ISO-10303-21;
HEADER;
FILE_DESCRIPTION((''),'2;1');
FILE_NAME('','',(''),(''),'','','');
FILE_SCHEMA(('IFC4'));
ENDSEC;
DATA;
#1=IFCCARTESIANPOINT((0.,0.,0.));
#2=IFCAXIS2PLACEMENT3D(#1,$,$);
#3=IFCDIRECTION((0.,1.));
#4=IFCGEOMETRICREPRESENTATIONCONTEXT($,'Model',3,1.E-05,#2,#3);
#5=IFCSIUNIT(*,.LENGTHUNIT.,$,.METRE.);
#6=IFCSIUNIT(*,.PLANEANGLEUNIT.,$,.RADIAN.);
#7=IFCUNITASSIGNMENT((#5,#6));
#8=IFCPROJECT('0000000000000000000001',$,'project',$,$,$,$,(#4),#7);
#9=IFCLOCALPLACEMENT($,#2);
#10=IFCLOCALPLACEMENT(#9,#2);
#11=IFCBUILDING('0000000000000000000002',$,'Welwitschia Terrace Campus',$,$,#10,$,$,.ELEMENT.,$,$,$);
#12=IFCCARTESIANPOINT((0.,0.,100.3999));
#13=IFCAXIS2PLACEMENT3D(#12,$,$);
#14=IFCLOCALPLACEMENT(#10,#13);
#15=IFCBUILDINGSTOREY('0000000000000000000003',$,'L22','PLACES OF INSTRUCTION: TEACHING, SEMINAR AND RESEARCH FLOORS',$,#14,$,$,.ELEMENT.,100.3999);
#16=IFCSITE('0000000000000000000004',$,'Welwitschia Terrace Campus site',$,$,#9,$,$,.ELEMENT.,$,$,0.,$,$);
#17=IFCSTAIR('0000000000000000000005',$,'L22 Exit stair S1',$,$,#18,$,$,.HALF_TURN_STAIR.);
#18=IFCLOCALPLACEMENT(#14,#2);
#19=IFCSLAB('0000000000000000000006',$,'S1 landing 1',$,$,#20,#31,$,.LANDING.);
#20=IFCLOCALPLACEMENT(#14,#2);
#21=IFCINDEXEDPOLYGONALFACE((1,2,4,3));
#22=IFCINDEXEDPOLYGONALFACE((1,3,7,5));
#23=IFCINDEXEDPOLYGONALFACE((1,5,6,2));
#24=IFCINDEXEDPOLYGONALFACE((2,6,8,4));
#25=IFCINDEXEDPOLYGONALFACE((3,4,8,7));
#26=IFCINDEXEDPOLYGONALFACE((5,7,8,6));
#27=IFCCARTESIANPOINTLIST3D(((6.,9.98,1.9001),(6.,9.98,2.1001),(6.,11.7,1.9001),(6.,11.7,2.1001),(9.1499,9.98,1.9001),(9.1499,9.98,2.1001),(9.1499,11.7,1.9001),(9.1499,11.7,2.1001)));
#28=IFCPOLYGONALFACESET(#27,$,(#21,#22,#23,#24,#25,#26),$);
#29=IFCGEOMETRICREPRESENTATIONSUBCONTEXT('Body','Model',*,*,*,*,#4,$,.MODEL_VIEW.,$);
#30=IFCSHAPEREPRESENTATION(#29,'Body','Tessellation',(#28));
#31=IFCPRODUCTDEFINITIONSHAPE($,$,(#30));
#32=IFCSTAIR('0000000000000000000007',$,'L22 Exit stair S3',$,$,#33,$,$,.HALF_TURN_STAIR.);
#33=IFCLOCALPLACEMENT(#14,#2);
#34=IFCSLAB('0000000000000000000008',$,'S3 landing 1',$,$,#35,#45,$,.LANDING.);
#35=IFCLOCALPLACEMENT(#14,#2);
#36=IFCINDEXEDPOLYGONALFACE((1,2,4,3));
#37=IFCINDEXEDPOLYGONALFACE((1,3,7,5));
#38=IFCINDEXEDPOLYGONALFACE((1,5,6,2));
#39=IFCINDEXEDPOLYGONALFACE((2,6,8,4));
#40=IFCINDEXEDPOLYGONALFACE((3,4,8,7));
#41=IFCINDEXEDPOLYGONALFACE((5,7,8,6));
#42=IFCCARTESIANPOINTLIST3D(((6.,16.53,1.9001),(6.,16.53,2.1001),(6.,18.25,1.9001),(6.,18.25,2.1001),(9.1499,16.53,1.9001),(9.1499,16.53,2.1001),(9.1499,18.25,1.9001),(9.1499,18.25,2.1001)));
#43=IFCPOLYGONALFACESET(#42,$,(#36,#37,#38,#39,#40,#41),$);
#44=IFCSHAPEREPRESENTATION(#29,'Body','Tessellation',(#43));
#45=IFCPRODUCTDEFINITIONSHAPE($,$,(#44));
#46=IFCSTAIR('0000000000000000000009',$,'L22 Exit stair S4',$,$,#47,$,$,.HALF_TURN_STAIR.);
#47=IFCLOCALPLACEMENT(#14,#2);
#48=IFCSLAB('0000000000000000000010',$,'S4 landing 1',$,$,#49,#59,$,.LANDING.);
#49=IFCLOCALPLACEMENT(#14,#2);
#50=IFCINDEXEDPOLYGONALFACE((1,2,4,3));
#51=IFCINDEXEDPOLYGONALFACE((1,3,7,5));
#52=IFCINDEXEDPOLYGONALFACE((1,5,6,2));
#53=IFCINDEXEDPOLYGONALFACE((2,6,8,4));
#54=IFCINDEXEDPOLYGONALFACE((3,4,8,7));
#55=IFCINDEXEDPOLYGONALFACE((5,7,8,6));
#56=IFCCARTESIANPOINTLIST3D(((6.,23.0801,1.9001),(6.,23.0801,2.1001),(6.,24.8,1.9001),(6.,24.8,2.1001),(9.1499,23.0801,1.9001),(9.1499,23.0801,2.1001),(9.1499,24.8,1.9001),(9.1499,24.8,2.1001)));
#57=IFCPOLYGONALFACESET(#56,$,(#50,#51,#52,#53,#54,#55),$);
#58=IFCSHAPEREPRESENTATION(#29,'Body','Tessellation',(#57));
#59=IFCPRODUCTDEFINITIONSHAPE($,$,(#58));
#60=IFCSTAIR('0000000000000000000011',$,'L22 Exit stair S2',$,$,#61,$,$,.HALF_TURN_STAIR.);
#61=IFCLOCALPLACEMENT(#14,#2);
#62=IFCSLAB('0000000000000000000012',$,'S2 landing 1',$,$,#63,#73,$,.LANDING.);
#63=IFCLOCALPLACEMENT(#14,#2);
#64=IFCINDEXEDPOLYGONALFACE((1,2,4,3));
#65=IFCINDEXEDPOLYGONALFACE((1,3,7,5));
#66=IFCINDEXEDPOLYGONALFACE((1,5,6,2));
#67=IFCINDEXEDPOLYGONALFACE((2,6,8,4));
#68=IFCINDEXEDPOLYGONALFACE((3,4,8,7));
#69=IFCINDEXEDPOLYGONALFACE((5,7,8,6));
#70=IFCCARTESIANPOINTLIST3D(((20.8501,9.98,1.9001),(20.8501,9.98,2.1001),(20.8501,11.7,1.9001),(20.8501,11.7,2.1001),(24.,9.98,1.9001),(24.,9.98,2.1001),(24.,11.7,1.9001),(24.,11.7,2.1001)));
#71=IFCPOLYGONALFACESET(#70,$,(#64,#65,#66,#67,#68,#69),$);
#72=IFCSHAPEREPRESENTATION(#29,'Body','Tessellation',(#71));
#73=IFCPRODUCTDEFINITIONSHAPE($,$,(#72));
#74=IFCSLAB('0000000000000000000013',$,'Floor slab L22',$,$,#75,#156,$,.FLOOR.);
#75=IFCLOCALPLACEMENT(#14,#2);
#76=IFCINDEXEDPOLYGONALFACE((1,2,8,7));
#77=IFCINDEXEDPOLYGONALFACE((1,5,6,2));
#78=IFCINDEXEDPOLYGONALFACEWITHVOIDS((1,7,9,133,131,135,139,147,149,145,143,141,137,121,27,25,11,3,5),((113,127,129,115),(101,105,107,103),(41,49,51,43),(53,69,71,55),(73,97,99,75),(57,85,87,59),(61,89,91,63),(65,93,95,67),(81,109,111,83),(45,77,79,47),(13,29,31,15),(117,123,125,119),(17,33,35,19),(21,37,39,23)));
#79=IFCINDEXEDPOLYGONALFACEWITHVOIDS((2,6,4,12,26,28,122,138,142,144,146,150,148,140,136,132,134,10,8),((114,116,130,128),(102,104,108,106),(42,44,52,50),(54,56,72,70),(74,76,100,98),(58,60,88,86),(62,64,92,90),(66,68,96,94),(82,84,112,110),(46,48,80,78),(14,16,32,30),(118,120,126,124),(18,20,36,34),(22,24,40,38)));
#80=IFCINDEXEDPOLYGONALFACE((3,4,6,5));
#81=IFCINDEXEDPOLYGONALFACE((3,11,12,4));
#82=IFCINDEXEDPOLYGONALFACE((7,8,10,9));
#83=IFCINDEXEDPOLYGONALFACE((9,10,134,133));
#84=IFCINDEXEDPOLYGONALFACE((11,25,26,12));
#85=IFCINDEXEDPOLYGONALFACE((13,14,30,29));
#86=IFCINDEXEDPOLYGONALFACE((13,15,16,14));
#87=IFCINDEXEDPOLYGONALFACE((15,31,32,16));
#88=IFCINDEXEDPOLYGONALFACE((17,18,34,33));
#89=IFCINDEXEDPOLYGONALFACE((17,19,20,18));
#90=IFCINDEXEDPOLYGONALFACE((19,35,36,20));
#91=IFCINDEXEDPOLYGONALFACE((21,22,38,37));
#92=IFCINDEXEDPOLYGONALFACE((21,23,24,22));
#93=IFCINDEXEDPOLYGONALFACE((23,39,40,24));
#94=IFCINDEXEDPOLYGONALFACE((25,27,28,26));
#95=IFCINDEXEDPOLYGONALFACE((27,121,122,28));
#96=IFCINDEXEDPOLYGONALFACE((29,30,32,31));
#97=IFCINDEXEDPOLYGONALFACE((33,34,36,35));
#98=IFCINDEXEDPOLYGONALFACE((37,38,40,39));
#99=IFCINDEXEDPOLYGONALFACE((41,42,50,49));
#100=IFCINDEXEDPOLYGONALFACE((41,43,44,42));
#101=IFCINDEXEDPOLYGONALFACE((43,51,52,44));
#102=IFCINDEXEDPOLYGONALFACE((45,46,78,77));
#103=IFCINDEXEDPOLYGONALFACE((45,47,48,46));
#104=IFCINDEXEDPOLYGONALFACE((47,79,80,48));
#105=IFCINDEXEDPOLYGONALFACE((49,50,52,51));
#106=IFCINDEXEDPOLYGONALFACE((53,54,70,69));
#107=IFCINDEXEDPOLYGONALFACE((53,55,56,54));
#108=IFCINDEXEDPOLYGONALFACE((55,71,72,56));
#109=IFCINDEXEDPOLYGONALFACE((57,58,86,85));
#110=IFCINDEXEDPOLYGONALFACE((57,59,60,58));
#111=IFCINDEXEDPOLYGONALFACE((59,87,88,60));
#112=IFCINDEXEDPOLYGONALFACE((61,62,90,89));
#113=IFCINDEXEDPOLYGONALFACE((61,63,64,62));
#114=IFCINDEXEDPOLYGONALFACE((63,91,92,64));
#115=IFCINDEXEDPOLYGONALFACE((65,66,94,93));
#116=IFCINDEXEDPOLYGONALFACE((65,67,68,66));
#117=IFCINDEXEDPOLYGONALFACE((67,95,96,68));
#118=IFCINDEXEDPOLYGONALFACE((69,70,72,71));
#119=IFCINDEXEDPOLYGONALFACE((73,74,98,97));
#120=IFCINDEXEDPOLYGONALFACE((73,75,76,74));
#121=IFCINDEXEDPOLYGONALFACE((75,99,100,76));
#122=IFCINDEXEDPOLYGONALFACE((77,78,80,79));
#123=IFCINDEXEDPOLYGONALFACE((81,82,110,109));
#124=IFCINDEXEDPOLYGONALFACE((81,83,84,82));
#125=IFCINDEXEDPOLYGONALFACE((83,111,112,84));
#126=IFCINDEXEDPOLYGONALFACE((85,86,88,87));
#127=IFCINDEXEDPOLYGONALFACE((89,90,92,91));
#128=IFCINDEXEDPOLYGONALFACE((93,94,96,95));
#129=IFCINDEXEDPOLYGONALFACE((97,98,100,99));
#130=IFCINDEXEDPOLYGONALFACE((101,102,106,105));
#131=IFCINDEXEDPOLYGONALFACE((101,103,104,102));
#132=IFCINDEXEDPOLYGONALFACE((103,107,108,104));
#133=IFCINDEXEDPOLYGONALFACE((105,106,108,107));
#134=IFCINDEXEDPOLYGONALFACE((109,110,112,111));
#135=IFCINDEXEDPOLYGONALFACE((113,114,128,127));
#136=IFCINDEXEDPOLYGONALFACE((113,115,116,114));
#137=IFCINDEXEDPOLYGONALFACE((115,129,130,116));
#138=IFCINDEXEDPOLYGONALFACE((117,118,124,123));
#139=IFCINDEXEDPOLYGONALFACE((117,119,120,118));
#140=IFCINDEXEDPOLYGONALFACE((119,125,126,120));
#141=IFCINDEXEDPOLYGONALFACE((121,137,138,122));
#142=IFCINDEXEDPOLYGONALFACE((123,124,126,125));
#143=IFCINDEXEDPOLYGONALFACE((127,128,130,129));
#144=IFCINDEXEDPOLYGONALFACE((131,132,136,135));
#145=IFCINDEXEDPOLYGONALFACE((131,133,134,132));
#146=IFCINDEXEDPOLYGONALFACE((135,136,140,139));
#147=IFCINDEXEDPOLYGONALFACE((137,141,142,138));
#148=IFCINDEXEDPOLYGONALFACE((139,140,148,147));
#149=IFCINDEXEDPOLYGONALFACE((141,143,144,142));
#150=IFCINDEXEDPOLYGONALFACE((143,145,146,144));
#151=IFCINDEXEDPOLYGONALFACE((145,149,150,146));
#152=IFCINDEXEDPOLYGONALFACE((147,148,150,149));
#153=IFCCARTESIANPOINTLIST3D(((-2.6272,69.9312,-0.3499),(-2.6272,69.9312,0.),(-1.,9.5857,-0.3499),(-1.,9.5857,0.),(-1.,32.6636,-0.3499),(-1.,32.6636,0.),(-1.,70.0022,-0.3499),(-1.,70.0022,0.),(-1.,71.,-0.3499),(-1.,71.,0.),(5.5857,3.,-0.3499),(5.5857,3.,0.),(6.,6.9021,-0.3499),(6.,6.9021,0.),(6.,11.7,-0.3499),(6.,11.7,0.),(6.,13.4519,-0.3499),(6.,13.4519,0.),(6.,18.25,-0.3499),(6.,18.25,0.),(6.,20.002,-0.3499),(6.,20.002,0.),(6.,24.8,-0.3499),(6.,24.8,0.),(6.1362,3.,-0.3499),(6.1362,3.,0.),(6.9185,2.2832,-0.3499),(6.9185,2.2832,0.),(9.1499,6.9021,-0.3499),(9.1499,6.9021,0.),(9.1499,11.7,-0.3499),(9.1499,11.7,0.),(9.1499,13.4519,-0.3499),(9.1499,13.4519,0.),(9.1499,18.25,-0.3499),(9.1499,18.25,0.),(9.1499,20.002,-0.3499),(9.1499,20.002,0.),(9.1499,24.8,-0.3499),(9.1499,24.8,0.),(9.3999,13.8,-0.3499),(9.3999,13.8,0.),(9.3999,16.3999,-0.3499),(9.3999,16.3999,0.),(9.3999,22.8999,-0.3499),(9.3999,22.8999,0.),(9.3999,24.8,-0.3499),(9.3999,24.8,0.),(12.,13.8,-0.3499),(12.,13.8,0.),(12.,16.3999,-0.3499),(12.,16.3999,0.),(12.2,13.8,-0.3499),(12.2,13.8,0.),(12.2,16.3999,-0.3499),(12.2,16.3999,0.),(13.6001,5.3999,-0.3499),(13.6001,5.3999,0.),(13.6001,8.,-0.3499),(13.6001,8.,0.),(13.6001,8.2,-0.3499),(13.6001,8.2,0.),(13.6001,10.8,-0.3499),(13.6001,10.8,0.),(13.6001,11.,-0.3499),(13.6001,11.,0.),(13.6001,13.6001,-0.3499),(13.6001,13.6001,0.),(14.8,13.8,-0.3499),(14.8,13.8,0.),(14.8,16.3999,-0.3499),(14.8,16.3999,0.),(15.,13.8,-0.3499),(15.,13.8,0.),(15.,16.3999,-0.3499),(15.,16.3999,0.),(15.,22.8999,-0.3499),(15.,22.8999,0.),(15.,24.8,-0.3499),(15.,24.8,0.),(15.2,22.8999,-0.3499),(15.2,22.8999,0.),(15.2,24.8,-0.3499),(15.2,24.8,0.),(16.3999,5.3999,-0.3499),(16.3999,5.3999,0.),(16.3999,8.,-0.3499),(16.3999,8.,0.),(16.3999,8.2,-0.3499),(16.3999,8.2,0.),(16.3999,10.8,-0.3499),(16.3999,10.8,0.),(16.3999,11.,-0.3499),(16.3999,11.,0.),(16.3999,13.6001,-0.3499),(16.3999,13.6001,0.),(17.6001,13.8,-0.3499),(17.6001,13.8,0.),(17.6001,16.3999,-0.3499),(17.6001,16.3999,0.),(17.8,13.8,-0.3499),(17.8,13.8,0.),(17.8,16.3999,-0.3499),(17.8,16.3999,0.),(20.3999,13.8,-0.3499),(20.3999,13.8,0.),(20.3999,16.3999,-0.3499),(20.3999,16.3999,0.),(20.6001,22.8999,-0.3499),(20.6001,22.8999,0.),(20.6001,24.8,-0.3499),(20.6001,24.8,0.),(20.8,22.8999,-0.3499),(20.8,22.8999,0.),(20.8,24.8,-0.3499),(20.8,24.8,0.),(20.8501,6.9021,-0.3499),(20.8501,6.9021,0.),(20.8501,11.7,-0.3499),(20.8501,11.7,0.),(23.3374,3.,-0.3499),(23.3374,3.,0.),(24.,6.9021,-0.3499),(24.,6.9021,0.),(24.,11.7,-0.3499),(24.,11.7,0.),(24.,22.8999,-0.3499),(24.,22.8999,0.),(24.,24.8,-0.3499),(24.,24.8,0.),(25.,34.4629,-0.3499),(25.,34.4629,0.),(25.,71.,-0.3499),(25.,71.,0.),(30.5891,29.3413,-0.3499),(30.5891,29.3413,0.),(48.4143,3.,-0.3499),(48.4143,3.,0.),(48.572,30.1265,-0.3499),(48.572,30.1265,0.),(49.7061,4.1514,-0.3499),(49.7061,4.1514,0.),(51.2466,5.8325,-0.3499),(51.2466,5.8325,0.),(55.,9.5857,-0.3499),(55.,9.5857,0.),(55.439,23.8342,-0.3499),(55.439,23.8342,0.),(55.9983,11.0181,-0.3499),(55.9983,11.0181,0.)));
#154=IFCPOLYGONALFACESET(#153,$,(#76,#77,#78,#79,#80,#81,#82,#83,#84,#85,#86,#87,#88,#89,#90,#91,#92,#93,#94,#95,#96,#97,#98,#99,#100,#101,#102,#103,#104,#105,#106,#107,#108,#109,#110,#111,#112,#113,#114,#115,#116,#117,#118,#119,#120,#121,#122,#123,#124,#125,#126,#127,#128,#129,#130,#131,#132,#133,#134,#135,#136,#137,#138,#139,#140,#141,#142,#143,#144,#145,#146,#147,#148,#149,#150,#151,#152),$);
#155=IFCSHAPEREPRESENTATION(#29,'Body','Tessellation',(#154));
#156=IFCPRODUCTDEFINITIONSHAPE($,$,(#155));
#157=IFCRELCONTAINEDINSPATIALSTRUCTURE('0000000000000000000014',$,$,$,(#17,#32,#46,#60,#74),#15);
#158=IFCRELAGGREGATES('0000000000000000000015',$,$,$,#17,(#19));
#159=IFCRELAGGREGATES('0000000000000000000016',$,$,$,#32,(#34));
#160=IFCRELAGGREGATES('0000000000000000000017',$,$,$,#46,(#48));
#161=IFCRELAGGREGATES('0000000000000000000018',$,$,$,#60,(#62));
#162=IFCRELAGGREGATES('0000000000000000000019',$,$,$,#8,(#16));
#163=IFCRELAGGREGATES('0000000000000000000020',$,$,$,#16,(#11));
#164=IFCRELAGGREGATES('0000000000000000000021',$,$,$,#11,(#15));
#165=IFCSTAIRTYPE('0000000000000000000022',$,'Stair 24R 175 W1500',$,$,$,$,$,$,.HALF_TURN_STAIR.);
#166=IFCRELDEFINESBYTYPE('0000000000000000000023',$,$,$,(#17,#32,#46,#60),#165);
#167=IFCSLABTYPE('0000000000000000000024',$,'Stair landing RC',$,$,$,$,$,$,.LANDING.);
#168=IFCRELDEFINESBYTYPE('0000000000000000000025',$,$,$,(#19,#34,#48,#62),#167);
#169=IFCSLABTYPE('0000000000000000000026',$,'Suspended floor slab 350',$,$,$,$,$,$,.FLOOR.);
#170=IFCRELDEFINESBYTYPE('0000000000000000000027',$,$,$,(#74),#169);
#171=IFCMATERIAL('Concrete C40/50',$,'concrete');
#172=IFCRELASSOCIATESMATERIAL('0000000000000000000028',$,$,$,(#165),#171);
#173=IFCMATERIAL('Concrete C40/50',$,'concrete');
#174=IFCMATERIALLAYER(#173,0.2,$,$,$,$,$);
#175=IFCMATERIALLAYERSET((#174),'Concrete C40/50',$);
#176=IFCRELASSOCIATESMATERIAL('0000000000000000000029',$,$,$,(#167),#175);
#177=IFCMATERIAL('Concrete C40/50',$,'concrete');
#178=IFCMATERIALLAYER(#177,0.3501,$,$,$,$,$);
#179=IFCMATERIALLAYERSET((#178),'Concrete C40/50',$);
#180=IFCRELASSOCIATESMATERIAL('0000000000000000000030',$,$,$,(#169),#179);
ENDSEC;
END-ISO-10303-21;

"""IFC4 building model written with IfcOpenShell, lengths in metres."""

from ifc_helpers import new_model, si_unit, direction, frame, origin, place, context, subcontext, project, spatial, polyline, outline, extrude, material, layer, layer_set, type_object, element, aggregate, save


model = new_model("IFC4")

# Units and contexts
model_context = context("Model", 3, precision=1e-05, world=origin(), true_north=direction((0.0, 1.0)))
body_context = subcontext(model_context, "Body", "Model", "MODEL_VIEW")
ifc_project = project(units=[si_unit("LENGTHUNIT", "METRE"), si_unit("PLANEANGLEUNIT", "RADIAN")], contexts=[model_context])

# Site, building, storey
site_placement = place(None, origin())
site = spatial("IfcSite", under=ifc_project, at=site_placement, Name="Welwitschia Terrace Campus site", CompositionType="ELEMENT", RefElevation=0.0)
building_placement = place(site_placement, origin())
building = spatial("IfcBuilding", under=site, at=building_placement, Name="Welwitschia Terrace Campus", CompositionType="ELEMENT")
storey_placement = place(building_placement, frame((0.0, 0.0, 100.3999)))
storey = spatial("IfcBuildingStorey", under=building, at=storey_placement, Name="L22", Description="PLACES OF INSTRUCTION: TEACHING, SEMINAR AND RESEARCH FLOORS", CompositionType="ELEMENT", Elevation=100.3999)

# Stairs, slabs
ifc_material_1 = material(Name="Concrete C40/50", Category="concrete")
stair_type = type_object("IfcStairType", Name="Stair 24R 175 W1500", PredefinedType="HALF_TURN_STAIR", material=ifc_material_1)
stair_1_placement = place(storey_placement, origin())
stair_1 = element("IfcStair", 1, at=stair_1_placement, inside=storey, type_object=stair_type, Name="L22 Exit stair S1", PredefinedType="HALF_TURN_STAIR")
ifc_material_2 = material(Name="Concrete C40/50", Category="concrete")
ifc_layer_1 = layer(ifc_material_2, 0.2)
ifc_layer_set_1 = layer_set([ifc_layer_1], Name="Concrete C40/50")
slab_type_1 = type_object("IfcSlabType", Name="Stair landing RC", PredefinedType="LANDING", material=ifc_layer_set_1)
slab_1_placement = place(storey_placement, frame((0.0, 0.0, 1.9001)))
slab_1 = element("IfcSlab", 2, at=slab_1_placement, type_object=slab_type_1, Name="S1 landing 1", PredefinedType="LANDING", context=body_context, shape_type="SweptSolid", body=[
    extrude(outline(polyline([(9.1499, 9.98), (9.1499, 11.7), (6.0, 11.7), (6.0, 9.98), (9.1499, 9.98)])), origin(), (0.0, 0.0, 1.0), 0.2),
])
aggregate(stair_1, [slab_1])
stair_2_placement = place(storey_placement, origin())
stair_2 = element("IfcStair", 3, at=stair_2_placement, inside=storey, type_object=stair_type, Name="L22 Exit stair S3", PredefinedType="HALF_TURN_STAIR")
slab_2_placement = place(storey_placement, frame((0.0, 0.0, 1.9001)))
slab_2 = element("IfcSlab", 4, at=slab_2_placement, type_object=slab_type_1, Name="S3 landing 1", PredefinedType="LANDING", context=body_context, shape_type="SweptSolid", body=[
    extrude(outline(polyline([(9.1499, 16.53), (9.1499, 18.25), (6.0, 18.25), (6.0, 16.53), (9.1499, 16.53)])), origin(), (0.0, 0.0, 1.0), 0.2),
])
aggregate(stair_2, [slab_2])
stair_3_placement = place(storey_placement, origin())
stair_3 = element("IfcStair", 5, at=stair_3_placement, inside=storey, type_object=stair_type, Name="L22 Exit stair S4", PredefinedType="HALF_TURN_STAIR")
slab_3_placement = place(storey_placement, frame((0.0, 0.0, 1.9001)))
slab_3 = element("IfcSlab", 6, at=slab_3_placement, type_object=slab_type_1, Name="S4 landing 1", PredefinedType="LANDING", context=body_context, shape_type="SweptSolid", body=[
    extrude(outline(polyline([(9.1499, 23.0801), (9.1499, 24.8), (6.0, 24.8), (6.0, 23.0801), (9.1499, 23.0801)])), origin(), (0.0, 0.0, 1.0), 0.2),
])
aggregate(stair_3, [slab_3])
stair_4_placement = place(storey_placement, origin())
stair_4 = element("IfcStair", 7, at=stair_4_placement, inside=storey, type_object=stair_type, Name="L22 Exit stair S2", PredefinedType="HALF_TURN_STAIR")
slab_4_placement = place(storey_placement, frame((0.0, 0.0, 1.9001)))
slab_4 = element("IfcSlab", 8, at=slab_4_placement, type_object=slab_type_1, Name="S2 landing 1", PredefinedType="LANDING", context=body_context, shape_type="SweptSolid", body=[
    extrude(outline(polyline([(24.0, 9.98), (24.0, 11.7), (20.8501, 11.7), (20.8501, 9.98), (24.0, 9.98)])), origin(), (0.0, 0.0, 1.0), 0.2),
])
aggregate(stair_4, [slab_4])

# Slab
ifc_material_3 = material(Name="Concrete C40/50", Category="concrete")
ifc_layer_2 = layer(ifc_material_3, 0.3501)
ifc_layer_set_2 = layer_set([ifc_layer_2], Name="Concrete C40/50")
slab_type_2 = type_object("IfcSlabType", Name="Suspended floor slab 350", PredefinedType="FLOOR", material=ifc_layer_set_2)
slab_5_placement = place(storey_placement, frame((0.0, 0.0, -0.3499)))
element("IfcSlab", 9, at=slab_5_placement, inside=storey, type_object=slab_type_2, Name="Floor slab L22", PredefinedType="FLOOR", context=body_context, shape_type="SweptSolid", body=[
    extrude(outline(polyline([(-1.0, 70.0022), (-1.0, 71.0), (25.0, 71.0), (25.0, 34.4629), (30.5891, 29.3413), (48.572, 30.1265), (55.439, 23.8342), (55.9983, 11.0181), (55.0, 9.5857), (51.2466, 5.8325), (49.7061, 4.1514), (48.4143, 3.0), (23.3374, 3.0), (6.9185, 2.2832), (6.1362, 3.0), (5.5857, 3.0), (-1.0, 9.5857), (-1.0, 32.6636), (-2.6272, 69.9312), (-1.0, 70.0022)]), holes=[polyline([(13.6001, 8.0), (13.6001, 5.3999), (16.3999, 5.3999), (16.3999, 8.0), (13.6001, 8.0)]), polyline([(9.1499, 11.7), (6.0, 11.7), (6.0, 6.9021), (9.1499, 6.9021), (9.1499, 11.7)]), polyline([(12.0, 16.3999), (9.3999, 16.3999), (9.3999, 13.8), (12.0, 13.8), (12.0, 16.3999)]), polyline([(14.8, 16.3999), (12.2, 16.3999), (12.2, 13.8), (14.8, 13.8), (14.8, 16.3999)]), polyline([(9.1499, 18.25), (6.0, 18.25), (6.0, 13.4519), (9.1499, 13.4519), (9.1499, 18.25)]), polyline([(9.1499, 24.8), (6.0, 24.8), (6.0, 20.002), (9.1499, 20.002), (9.1499, 24.8)]), polyline([(15.0, 24.8), (9.3999, 24.8), (9.3999, 22.8999), (15.0, 22.8999), (15.0, 24.8)]), polyline([(20.8501, 11.7), (20.8501, 6.9021), (24.0, 6.9021), (24.0, 11.7), (20.8501, 11.7)]), polyline([(16.3999, 10.8), (13.6001, 10.8), (13.6001, 8.2), (16.3999, 8.2), (16.3999, 10.8)]), polyline([(16.3999, 13.6001), (13.6001, 13.6001), (13.6001, 11.0), (16.3999, 11.0), (16.3999, 13.6001)]), polyline([(17.6001, 16.3999), (15.0, 16.3999), (15.0, 13.8), (17.6001, 13.8), (17.6001, 16.3999)]), polyline([(20.3999, 16.3999), (17.8, 16.3999), (17.8, 13.8), (20.3999, 13.8), (20.3999, 16.3999)]), polyline([(20.6001, 24.8), (15.2, 24.8), (15.2, 22.8999), (20.6001, 22.8999), (20.6001, 24.8)]), polyline([(24.0, 24.8), (20.8, 24.8), (20.8, 22.8999), (24.0, 22.8999), (24.0, 24.8)])]), origin(), (0.0, 0.0, 1.0), 0.3499),
])

save(model, "model.ifc")
